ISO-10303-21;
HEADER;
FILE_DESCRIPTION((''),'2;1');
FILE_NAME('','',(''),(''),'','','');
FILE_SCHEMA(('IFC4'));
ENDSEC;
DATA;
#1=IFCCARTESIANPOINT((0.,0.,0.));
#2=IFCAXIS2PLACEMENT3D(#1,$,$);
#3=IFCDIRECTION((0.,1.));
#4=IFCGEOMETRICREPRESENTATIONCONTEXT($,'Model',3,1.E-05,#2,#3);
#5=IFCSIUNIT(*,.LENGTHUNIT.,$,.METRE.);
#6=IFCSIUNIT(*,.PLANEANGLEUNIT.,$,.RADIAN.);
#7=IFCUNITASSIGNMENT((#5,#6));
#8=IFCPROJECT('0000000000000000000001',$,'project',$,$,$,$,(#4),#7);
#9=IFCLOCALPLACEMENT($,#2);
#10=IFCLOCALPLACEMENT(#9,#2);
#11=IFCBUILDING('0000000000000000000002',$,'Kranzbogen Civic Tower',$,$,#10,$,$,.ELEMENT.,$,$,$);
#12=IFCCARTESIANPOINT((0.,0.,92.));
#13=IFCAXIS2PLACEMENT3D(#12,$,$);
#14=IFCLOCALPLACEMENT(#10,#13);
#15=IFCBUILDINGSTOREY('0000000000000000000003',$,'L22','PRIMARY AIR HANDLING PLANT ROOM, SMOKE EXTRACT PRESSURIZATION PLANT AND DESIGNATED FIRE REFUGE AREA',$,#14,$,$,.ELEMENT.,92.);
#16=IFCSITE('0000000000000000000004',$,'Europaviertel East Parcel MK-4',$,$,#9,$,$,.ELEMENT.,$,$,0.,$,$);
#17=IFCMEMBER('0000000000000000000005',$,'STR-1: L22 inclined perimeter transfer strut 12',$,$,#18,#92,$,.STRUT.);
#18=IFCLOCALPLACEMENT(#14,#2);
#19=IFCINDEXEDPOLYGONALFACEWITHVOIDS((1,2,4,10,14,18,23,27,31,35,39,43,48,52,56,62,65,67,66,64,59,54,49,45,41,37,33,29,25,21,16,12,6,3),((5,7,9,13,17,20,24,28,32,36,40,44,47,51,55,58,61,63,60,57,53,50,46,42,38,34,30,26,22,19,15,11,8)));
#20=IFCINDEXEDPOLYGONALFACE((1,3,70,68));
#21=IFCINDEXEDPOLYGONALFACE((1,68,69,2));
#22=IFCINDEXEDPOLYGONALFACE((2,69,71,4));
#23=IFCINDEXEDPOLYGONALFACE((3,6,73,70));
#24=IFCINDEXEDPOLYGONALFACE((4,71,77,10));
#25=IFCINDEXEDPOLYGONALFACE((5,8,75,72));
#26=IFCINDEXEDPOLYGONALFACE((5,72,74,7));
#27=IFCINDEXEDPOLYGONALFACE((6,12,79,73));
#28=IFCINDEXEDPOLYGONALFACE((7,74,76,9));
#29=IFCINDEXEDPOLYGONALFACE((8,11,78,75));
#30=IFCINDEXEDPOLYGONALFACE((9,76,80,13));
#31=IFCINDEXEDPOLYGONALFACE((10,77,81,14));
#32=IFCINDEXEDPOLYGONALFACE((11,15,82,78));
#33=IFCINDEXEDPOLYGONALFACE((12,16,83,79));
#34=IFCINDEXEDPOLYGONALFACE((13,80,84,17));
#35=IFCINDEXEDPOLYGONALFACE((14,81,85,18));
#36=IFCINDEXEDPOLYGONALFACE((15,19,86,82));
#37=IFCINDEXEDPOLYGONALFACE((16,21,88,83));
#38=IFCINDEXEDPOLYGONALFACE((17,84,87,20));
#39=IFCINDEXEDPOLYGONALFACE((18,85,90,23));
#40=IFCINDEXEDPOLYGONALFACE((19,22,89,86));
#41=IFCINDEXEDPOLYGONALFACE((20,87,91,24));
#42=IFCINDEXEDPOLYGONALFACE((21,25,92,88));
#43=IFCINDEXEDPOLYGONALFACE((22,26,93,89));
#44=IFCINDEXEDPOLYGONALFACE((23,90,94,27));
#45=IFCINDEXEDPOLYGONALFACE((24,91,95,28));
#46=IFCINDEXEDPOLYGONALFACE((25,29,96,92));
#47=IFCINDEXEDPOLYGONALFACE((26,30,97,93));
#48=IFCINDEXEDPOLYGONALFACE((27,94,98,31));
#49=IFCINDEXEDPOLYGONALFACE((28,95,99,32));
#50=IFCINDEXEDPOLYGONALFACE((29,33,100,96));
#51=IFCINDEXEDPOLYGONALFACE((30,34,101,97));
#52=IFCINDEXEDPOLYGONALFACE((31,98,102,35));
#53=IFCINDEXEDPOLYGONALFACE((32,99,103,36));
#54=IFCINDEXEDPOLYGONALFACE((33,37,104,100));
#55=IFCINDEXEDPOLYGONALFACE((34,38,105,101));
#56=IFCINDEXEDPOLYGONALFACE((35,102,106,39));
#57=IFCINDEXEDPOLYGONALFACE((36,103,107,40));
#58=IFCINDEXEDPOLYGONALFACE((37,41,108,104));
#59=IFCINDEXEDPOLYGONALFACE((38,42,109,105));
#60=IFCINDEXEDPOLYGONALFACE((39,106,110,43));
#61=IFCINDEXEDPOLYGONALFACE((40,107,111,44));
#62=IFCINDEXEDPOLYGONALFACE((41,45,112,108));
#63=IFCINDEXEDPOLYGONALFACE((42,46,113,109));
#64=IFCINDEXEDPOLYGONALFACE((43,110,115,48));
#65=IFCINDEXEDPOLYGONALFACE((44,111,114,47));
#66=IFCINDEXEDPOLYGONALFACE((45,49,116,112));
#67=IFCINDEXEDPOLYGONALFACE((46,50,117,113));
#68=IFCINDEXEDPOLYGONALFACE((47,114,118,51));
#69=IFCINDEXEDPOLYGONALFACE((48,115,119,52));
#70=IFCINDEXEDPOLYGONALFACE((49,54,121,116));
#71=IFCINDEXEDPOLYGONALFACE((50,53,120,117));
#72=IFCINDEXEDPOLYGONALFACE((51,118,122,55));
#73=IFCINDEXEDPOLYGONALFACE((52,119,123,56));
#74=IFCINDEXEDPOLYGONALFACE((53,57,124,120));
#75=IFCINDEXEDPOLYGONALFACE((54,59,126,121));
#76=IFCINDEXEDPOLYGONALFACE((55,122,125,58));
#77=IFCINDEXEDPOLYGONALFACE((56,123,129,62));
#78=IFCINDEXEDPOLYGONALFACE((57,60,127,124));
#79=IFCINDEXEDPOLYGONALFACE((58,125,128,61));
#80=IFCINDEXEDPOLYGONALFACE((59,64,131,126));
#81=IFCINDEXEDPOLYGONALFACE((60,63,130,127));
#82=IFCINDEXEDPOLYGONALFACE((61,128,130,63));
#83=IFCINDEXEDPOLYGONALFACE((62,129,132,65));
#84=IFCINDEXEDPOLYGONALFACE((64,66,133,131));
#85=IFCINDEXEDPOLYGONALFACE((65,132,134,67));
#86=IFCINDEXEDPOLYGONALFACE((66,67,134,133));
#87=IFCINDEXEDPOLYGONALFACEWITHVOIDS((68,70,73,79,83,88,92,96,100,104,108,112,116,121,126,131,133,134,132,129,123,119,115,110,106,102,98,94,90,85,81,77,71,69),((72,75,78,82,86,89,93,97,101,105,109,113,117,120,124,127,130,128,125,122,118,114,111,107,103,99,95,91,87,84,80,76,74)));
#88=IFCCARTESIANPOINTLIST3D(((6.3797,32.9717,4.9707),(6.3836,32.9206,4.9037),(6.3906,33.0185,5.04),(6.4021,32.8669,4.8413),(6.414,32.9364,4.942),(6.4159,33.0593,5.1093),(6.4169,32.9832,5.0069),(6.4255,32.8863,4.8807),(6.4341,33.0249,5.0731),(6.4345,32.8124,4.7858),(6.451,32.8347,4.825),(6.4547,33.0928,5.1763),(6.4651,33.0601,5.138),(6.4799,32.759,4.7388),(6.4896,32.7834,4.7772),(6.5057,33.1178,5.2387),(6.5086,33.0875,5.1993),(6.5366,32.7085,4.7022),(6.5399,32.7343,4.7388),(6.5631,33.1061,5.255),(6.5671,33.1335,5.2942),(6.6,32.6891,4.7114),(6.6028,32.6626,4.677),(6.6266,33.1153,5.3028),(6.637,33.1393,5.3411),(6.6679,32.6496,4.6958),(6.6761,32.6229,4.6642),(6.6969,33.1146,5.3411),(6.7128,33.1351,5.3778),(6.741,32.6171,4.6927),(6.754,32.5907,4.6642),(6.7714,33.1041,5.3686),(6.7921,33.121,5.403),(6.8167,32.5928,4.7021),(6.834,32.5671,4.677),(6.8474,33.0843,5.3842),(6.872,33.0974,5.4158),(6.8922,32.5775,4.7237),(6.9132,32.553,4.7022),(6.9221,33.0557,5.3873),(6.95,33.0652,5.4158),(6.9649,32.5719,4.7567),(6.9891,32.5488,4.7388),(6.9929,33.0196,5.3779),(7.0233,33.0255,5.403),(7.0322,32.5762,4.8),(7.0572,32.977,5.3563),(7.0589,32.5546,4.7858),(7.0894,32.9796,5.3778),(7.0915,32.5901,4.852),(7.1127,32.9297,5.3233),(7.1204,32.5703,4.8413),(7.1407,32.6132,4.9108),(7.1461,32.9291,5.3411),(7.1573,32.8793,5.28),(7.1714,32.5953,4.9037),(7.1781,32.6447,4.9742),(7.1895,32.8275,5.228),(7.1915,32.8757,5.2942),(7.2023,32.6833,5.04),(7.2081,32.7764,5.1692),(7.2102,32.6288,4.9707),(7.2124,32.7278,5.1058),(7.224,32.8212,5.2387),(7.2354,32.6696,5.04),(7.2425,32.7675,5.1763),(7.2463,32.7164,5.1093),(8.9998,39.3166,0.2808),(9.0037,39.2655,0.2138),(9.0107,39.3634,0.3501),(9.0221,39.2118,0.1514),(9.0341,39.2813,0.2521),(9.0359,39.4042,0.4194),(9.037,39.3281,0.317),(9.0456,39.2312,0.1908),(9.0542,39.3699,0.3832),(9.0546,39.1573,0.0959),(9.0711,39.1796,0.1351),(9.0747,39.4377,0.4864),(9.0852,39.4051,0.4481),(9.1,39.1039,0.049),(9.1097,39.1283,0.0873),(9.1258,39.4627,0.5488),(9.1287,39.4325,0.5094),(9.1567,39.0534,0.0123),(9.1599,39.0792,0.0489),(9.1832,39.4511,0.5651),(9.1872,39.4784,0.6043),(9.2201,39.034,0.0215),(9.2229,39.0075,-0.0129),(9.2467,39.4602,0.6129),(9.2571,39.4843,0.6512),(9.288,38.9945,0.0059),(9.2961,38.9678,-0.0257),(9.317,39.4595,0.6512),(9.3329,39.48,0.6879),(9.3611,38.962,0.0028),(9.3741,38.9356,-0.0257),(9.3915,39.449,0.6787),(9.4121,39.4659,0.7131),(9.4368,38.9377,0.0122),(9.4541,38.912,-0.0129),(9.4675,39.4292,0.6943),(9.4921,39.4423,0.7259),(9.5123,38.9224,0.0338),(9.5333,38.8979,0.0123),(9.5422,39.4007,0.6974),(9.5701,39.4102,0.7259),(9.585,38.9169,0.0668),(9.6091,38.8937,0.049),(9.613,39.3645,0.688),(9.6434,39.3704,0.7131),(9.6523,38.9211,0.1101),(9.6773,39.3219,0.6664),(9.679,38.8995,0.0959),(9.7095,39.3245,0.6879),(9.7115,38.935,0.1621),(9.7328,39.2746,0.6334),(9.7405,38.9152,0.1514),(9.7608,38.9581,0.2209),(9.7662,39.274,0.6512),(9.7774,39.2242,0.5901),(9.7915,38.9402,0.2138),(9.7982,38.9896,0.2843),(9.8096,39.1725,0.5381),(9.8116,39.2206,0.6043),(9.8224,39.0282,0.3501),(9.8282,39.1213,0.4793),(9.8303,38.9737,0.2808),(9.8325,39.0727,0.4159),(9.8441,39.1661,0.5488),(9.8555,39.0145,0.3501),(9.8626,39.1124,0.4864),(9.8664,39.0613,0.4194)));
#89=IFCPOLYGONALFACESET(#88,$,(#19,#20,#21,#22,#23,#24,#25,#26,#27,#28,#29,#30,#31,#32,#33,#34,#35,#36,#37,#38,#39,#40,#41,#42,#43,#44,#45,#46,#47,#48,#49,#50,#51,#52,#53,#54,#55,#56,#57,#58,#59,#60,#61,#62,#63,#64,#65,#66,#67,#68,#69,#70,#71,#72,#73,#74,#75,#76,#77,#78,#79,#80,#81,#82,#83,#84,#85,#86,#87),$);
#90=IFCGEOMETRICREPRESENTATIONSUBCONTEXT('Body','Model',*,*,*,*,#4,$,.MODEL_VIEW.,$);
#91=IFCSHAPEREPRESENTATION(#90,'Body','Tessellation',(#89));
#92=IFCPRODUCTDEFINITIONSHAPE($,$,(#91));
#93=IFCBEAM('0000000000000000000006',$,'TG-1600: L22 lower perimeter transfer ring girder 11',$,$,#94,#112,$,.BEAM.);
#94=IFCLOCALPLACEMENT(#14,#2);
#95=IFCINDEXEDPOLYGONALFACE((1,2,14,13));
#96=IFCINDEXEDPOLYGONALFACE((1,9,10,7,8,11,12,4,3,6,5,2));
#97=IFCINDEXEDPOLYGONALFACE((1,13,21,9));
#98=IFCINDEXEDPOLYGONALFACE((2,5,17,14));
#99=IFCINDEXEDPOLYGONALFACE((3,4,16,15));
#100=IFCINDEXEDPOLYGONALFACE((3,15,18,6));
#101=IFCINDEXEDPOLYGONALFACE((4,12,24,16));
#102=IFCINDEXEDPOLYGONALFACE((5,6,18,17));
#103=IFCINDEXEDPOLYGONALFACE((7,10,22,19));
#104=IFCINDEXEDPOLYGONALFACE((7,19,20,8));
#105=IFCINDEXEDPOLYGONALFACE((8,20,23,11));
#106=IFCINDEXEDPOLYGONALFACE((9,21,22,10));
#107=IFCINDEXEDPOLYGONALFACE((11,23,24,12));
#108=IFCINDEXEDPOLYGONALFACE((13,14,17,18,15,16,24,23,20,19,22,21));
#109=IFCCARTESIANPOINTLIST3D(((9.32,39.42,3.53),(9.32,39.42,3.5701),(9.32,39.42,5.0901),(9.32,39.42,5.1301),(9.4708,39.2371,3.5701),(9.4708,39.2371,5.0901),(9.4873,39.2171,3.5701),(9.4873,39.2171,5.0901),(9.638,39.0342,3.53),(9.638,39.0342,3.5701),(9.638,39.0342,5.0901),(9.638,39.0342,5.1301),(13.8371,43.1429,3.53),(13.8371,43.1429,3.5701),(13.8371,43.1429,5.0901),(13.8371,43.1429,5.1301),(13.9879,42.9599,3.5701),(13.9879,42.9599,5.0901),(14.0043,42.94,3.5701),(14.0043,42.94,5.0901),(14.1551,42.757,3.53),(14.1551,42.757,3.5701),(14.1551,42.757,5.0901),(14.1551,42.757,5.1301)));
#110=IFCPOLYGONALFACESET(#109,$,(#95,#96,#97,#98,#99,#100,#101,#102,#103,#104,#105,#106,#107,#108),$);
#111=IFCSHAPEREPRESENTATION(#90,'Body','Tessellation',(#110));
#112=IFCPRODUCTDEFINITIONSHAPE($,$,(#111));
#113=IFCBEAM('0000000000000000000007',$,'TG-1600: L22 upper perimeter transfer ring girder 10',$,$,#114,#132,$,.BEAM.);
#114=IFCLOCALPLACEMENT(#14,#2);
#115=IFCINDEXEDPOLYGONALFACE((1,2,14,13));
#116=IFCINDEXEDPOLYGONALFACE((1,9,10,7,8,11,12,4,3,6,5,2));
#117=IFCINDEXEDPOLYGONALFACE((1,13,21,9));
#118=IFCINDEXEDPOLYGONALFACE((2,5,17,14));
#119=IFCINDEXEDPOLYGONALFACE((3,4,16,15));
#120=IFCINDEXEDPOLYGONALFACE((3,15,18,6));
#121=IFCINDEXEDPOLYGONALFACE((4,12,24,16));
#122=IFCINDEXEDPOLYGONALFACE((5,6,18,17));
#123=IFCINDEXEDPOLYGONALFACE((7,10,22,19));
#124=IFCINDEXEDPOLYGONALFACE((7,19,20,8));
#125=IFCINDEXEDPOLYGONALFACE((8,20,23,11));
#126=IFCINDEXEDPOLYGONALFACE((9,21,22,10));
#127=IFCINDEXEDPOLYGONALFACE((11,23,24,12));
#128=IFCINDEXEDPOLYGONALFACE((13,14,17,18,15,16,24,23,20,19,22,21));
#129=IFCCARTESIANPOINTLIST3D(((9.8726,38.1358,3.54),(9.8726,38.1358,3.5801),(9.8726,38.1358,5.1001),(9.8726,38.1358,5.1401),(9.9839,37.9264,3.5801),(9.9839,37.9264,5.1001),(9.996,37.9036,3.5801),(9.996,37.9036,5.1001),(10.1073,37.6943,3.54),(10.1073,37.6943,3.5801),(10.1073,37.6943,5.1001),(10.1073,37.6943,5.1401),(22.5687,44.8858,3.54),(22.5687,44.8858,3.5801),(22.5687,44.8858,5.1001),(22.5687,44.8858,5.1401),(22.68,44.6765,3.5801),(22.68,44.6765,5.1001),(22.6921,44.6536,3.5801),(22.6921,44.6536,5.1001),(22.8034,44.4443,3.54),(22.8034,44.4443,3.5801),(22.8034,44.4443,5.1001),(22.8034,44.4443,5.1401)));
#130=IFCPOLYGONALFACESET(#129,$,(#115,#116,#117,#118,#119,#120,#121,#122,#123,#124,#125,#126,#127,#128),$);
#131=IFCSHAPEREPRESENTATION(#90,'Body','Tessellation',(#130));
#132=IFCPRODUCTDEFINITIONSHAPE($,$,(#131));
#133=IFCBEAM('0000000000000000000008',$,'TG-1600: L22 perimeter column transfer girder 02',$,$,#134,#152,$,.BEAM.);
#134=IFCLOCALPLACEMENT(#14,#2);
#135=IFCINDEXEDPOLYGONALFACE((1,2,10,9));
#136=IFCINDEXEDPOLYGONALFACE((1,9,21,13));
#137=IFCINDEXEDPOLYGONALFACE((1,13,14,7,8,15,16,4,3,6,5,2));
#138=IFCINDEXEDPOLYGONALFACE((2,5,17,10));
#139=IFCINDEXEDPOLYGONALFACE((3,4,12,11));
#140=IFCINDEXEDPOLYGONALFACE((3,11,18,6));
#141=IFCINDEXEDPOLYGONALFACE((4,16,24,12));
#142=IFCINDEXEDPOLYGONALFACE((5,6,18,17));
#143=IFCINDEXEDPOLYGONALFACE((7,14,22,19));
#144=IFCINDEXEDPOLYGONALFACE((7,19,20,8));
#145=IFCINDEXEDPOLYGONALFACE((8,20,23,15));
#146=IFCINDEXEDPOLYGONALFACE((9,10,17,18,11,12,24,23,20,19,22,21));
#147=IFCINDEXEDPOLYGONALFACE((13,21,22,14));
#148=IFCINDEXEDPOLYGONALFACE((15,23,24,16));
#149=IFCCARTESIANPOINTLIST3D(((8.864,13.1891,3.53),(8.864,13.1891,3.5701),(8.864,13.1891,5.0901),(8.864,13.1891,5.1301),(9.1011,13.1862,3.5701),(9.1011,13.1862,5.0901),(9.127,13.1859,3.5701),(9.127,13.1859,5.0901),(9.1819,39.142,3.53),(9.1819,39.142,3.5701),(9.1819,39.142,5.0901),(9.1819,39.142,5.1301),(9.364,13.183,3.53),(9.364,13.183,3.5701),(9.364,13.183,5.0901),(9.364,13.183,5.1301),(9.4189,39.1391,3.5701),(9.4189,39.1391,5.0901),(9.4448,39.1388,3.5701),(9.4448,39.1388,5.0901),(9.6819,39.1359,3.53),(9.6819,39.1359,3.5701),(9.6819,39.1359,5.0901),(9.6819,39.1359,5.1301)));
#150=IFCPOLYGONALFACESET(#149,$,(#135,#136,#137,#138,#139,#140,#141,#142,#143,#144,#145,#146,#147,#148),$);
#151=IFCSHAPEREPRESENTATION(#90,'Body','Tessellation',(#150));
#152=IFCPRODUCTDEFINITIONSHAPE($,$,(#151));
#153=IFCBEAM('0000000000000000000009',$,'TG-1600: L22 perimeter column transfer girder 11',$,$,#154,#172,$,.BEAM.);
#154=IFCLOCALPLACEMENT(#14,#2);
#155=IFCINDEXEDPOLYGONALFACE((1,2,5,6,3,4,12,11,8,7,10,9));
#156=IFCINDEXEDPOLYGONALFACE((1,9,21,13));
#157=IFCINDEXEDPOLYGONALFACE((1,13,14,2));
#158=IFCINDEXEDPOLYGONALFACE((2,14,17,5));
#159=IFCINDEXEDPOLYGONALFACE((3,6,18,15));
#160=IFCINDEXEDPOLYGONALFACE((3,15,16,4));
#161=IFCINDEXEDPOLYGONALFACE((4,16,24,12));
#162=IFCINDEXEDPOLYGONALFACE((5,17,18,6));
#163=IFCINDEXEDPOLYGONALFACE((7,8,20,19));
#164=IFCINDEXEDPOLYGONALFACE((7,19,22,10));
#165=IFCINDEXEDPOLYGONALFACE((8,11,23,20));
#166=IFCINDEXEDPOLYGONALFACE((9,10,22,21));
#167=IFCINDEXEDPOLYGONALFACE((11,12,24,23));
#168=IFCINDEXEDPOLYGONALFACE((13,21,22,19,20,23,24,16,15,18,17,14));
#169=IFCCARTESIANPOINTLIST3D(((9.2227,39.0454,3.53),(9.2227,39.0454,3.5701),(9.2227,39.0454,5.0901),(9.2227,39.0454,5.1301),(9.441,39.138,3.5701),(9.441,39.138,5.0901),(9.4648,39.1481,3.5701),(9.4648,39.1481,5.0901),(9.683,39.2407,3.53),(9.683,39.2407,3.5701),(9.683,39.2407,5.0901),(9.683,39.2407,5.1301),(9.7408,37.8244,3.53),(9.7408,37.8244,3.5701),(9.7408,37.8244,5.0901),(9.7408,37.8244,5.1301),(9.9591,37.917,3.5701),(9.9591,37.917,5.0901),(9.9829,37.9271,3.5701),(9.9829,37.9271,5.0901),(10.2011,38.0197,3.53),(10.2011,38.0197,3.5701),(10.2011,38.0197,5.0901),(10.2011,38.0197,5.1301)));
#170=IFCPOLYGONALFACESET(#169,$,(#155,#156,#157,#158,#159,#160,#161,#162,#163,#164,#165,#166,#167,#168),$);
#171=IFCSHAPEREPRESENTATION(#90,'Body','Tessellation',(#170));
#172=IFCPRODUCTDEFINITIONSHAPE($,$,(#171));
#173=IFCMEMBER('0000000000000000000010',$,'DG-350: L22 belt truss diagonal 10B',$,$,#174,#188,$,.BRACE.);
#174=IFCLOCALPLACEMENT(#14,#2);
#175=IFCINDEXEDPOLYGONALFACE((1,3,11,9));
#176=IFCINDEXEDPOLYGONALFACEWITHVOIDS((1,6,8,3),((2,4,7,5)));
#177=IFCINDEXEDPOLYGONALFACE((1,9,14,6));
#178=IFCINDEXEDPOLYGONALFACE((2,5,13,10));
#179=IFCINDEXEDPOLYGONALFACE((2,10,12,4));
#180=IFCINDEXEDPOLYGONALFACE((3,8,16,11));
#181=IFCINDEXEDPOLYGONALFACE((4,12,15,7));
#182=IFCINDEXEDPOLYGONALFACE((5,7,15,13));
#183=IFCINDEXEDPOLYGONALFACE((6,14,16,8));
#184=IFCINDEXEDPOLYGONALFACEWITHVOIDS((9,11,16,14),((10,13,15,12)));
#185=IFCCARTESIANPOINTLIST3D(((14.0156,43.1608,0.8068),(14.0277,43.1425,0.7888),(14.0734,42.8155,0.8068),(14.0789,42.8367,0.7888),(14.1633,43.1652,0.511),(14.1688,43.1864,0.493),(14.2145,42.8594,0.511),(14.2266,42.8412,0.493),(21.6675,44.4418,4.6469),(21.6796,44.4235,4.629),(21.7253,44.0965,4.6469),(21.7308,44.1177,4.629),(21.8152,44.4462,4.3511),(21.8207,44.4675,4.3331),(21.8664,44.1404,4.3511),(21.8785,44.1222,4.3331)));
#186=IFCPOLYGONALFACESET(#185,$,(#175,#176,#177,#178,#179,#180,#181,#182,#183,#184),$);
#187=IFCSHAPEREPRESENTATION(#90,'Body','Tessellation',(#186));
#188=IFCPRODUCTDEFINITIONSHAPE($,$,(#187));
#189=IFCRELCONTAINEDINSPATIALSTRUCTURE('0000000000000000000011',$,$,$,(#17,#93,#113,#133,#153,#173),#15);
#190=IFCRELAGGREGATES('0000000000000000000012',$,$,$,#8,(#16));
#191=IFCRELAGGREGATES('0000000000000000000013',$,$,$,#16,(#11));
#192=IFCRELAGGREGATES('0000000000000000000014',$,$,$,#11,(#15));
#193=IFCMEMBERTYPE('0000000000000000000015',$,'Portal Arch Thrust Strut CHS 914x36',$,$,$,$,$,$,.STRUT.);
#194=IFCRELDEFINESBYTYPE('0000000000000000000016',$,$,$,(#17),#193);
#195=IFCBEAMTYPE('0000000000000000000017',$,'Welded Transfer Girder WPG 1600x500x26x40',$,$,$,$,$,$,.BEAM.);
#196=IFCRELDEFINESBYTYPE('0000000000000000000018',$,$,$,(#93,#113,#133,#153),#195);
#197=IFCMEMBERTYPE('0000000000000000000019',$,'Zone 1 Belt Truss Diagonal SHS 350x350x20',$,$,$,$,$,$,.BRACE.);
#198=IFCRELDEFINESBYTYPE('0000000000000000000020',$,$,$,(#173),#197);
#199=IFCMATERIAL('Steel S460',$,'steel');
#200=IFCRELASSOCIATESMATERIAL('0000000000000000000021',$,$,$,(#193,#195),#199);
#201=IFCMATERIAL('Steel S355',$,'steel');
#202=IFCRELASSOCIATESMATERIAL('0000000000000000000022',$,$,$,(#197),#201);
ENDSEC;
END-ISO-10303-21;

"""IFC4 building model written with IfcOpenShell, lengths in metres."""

from ifc_helpers import new_model, si_unit, direction, frame, origin, origin_2d, place, context, subcontext, project, spatial, hollow_rectangle, hollow_circle, i_section, extrude, material, material_profile, profile_set, type_object, element, save


model = new_model("IFC4")

# Units and contexts
model_context = context("Model", 3, precision=1e-05, world=origin(), true_north=direction((0.0, 1.0)))
body_context = subcontext(model_context, "Body", "Model", "MODEL_VIEW")
ifc_project = project(units=[si_unit("LENGTHUNIT", "METRE"), si_unit("PLANEANGLEUNIT", "RADIAN")], contexts=[model_context])

# Site, building, storey
site_placement = place(None, origin())
site = spatial("IfcSite", under=ifc_project, at=site_placement, Name="Europaviertel East Parcel MK-4", CompositionType="ELEMENT", RefElevation=0.0)
building_placement = place(site_placement, origin())
building = spatial("IfcBuilding", under=site, at=building_placement, Name="Kranzbogen Civic Tower", CompositionType="ELEMENT")
storey_placement = place(building_placement, frame((0.0, 0.0, 92.0)))
storey = spatial("IfcBuildingStorey", under=building, at=storey_placement, Name="L22", Description="PRIMARY AIR HANDLING PLANT ROOM, SMOKE EXTRACT PRESSURIZATION PLANT AND DESIGNATED FIRE REFUGE AREA", CompositionType="ELEMENT", Elevation=92.0)

# Shared definitions
ifc_material_1 = material(Name="Steel S355", Category="steel")

# Member
ifc_material_2 = material(Name="Steel S460", Category="steel")
ifc_material_profile_1 = material_profile(ifc_material_2, hollow_circle(Radius=0.457, WallThickness=0.0359, at=origin_2d()), Name="CHS 914x36")
ifc_profile_set_1 = profile_set([ifc_material_profile_1], Name="Steel S460")
member_type_1 = type_object("IfcMemberType", Name="Portal Arch Thrust Strut CHS 914x36", PredefinedType="STRUT", material=ifc_profile_set_1)
member_1_placement = place(storey_placement, frame((9.4331, 39.189, 0.3501), z_axis=(-0.315153, -0.763186, 0.564115), x_axis=(0.924294, -0.381682, 0.0)))
element("IfcMember", 1, at=member_1_placement, inside=storey, type_object=member_type_1, Name="STR-1: L22 inclined perimeter transfer strut 12", PredefinedType="STRUT", context=body_context, shape_type="SweptSolid", body=[
    extrude(hollow_circle(Radius=0.457, WallThickness=0.0359, at=origin_2d()), origin(), (0.0, 0.0, 1.0), 8.3137),
])

# Beams
ifc_material_profile_2 = material_profile(ifc_material_2, i_section(OverallWidth=0.5, OverallDepth=1.6001, WebThickness=0.0259, FlangeThickness=0.04, at=origin_2d()), Name="WPG 1600x500x26x40")
ifc_profile_set_2 = profile_set([ifc_material_profile_2], Name="Steel S460")
beam_type = type_object("IfcBeamType", Name="Welded Transfer Girder WPG 1600x500x26x40", PredefinedType="BEAM", material=ifc_profile_set_2)
beam_1_placement = place(storey_placement, frame((13.9961, 42.95, 4.3301), z_axis=(-0.771683, -0.636007, 0.0), x_axis=(0.636007, -0.771683, 0.0)))
element("IfcBeam", 2, at=beam_1_placement, inside=storey, type_object=beam_type, Name="TG-1600: L22 lower perimeter transfer ring girder 11", PredefinedType="BEAM", context=body_context, shape_type="SweptSolid", body=[
    extrude(i_section(OverallWidth=0.5, OverallDepth=1.6001, WebThickness=0.0259, FlangeThickness=0.04, at=origin_2d()), origin(), (0.0, 0.0, 1.0), 5.8535),
])
beam_2_placement = place(storey_placement, frame((22.686, 44.665, 4.3401), z_axis=(-0.882965, -0.469439, 0.0), x_axis=(0.469439, -0.882965, 0.0)))
element("IfcBeam", 3, at=beam_2_placement, inside=storey, type_object=beam_type, Name="TG-1600: L22 upper perimeter transfer ring girder 10", PredefinedType="BEAM", context=body_context, shape_type="SweptSolid", body=[
    extrude(i_section(OverallWidth=0.5, OverallDepth=1.6001, WebThickness=0.0259, FlangeThickness=0.04, at=origin_2d()), origin(), (0.0, 0.0, 1.0), 14.3789),
])
beam_3_placement = place(storey_placement, frame((9.4319, 39.1389, 4.3301), z_axis=(-0.012247, -0.999925, 0.0), x_axis=(0.999925, -0.012247, 0.0)))
element("IfcBeam", 4, at=beam_3_placement, inside=storey, type_object=beam_type, Name="TG-1600: L22 perimeter column transfer girder 02", PredefinedType="BEAM", context=body_context, shape_type="SweptSolid", body=[
    extrude(i_section(OverallWidth=0.5, OverallDepth=1.6001, WebThickness=0.0259, FlangeThickness=0.04, at=origin_2d()), origin(), (0.0, 0.0, 1.0), 25.9548),
])
beam_4_placement = place(storey_placement, frame((9.4529, 39.1431, 4.3301), z_axis=(0.390607, -0.920558, 0.0), x_axis=(0.920558, 0.390607, 0.0)))
element("IfcBeam", 5, at=beam_4_placement, inside=storey, type_object=beam_type, Name="TG-1600: L22 perimeter column transfer girder 11", PredefinedType="BEAM", context=body_context, shape_type="SweptSolid", body=[
    extrude(i_section(OverallWidth=0.5, OverallDepth=1.6001, WebThickness=0.0259, FlangeThickness=0.04, at=origin_2d()), origin(), (0.0, 0.0, 1.0), 1.3264),
])

# Member
ifc_material_profile_3 = material_profile(ifc_material_1, hollow_rectangle(XDim=0.3501, YDim=0.3501, WallThickness=0.02, at=origin_2d()), Name="SHS 350x350x20")
ifc_profile_set_3 = profile_set([ifc_material_profile_3], Name="Steel S355")
member_type_2 = type_object("IfcMemberType", Name="Zone 1 Belt Truss Diagonal SHS 350x350x20", PredefinedType="BRACE", material=ifc_profile_set_3)
member_2_placement = place(storey_placement, frame((14.1211, 43.001, 0.6499), z_axis=(0.883925, 0.147979, 0.443598), x_axis=(-0.165113, 0.986275, 0.0)))
element("IfcMember", 6, at=member_2_placement, inside=storey, type_object=member_type_2, Name="DG-350: L22 belt truss diagonal 10B", PredefinedType="BRACE", context=body_context, shape_type="SweptSolid", body=[
    extrude(hollow_rectangle(XDim=0.3501, YDim=0.3501, WallThickness=0.02, at=origin_2d()), origin(), (0.0, 0.0, 1.0), 8.6567),
])

save(model, "model.ifc")
